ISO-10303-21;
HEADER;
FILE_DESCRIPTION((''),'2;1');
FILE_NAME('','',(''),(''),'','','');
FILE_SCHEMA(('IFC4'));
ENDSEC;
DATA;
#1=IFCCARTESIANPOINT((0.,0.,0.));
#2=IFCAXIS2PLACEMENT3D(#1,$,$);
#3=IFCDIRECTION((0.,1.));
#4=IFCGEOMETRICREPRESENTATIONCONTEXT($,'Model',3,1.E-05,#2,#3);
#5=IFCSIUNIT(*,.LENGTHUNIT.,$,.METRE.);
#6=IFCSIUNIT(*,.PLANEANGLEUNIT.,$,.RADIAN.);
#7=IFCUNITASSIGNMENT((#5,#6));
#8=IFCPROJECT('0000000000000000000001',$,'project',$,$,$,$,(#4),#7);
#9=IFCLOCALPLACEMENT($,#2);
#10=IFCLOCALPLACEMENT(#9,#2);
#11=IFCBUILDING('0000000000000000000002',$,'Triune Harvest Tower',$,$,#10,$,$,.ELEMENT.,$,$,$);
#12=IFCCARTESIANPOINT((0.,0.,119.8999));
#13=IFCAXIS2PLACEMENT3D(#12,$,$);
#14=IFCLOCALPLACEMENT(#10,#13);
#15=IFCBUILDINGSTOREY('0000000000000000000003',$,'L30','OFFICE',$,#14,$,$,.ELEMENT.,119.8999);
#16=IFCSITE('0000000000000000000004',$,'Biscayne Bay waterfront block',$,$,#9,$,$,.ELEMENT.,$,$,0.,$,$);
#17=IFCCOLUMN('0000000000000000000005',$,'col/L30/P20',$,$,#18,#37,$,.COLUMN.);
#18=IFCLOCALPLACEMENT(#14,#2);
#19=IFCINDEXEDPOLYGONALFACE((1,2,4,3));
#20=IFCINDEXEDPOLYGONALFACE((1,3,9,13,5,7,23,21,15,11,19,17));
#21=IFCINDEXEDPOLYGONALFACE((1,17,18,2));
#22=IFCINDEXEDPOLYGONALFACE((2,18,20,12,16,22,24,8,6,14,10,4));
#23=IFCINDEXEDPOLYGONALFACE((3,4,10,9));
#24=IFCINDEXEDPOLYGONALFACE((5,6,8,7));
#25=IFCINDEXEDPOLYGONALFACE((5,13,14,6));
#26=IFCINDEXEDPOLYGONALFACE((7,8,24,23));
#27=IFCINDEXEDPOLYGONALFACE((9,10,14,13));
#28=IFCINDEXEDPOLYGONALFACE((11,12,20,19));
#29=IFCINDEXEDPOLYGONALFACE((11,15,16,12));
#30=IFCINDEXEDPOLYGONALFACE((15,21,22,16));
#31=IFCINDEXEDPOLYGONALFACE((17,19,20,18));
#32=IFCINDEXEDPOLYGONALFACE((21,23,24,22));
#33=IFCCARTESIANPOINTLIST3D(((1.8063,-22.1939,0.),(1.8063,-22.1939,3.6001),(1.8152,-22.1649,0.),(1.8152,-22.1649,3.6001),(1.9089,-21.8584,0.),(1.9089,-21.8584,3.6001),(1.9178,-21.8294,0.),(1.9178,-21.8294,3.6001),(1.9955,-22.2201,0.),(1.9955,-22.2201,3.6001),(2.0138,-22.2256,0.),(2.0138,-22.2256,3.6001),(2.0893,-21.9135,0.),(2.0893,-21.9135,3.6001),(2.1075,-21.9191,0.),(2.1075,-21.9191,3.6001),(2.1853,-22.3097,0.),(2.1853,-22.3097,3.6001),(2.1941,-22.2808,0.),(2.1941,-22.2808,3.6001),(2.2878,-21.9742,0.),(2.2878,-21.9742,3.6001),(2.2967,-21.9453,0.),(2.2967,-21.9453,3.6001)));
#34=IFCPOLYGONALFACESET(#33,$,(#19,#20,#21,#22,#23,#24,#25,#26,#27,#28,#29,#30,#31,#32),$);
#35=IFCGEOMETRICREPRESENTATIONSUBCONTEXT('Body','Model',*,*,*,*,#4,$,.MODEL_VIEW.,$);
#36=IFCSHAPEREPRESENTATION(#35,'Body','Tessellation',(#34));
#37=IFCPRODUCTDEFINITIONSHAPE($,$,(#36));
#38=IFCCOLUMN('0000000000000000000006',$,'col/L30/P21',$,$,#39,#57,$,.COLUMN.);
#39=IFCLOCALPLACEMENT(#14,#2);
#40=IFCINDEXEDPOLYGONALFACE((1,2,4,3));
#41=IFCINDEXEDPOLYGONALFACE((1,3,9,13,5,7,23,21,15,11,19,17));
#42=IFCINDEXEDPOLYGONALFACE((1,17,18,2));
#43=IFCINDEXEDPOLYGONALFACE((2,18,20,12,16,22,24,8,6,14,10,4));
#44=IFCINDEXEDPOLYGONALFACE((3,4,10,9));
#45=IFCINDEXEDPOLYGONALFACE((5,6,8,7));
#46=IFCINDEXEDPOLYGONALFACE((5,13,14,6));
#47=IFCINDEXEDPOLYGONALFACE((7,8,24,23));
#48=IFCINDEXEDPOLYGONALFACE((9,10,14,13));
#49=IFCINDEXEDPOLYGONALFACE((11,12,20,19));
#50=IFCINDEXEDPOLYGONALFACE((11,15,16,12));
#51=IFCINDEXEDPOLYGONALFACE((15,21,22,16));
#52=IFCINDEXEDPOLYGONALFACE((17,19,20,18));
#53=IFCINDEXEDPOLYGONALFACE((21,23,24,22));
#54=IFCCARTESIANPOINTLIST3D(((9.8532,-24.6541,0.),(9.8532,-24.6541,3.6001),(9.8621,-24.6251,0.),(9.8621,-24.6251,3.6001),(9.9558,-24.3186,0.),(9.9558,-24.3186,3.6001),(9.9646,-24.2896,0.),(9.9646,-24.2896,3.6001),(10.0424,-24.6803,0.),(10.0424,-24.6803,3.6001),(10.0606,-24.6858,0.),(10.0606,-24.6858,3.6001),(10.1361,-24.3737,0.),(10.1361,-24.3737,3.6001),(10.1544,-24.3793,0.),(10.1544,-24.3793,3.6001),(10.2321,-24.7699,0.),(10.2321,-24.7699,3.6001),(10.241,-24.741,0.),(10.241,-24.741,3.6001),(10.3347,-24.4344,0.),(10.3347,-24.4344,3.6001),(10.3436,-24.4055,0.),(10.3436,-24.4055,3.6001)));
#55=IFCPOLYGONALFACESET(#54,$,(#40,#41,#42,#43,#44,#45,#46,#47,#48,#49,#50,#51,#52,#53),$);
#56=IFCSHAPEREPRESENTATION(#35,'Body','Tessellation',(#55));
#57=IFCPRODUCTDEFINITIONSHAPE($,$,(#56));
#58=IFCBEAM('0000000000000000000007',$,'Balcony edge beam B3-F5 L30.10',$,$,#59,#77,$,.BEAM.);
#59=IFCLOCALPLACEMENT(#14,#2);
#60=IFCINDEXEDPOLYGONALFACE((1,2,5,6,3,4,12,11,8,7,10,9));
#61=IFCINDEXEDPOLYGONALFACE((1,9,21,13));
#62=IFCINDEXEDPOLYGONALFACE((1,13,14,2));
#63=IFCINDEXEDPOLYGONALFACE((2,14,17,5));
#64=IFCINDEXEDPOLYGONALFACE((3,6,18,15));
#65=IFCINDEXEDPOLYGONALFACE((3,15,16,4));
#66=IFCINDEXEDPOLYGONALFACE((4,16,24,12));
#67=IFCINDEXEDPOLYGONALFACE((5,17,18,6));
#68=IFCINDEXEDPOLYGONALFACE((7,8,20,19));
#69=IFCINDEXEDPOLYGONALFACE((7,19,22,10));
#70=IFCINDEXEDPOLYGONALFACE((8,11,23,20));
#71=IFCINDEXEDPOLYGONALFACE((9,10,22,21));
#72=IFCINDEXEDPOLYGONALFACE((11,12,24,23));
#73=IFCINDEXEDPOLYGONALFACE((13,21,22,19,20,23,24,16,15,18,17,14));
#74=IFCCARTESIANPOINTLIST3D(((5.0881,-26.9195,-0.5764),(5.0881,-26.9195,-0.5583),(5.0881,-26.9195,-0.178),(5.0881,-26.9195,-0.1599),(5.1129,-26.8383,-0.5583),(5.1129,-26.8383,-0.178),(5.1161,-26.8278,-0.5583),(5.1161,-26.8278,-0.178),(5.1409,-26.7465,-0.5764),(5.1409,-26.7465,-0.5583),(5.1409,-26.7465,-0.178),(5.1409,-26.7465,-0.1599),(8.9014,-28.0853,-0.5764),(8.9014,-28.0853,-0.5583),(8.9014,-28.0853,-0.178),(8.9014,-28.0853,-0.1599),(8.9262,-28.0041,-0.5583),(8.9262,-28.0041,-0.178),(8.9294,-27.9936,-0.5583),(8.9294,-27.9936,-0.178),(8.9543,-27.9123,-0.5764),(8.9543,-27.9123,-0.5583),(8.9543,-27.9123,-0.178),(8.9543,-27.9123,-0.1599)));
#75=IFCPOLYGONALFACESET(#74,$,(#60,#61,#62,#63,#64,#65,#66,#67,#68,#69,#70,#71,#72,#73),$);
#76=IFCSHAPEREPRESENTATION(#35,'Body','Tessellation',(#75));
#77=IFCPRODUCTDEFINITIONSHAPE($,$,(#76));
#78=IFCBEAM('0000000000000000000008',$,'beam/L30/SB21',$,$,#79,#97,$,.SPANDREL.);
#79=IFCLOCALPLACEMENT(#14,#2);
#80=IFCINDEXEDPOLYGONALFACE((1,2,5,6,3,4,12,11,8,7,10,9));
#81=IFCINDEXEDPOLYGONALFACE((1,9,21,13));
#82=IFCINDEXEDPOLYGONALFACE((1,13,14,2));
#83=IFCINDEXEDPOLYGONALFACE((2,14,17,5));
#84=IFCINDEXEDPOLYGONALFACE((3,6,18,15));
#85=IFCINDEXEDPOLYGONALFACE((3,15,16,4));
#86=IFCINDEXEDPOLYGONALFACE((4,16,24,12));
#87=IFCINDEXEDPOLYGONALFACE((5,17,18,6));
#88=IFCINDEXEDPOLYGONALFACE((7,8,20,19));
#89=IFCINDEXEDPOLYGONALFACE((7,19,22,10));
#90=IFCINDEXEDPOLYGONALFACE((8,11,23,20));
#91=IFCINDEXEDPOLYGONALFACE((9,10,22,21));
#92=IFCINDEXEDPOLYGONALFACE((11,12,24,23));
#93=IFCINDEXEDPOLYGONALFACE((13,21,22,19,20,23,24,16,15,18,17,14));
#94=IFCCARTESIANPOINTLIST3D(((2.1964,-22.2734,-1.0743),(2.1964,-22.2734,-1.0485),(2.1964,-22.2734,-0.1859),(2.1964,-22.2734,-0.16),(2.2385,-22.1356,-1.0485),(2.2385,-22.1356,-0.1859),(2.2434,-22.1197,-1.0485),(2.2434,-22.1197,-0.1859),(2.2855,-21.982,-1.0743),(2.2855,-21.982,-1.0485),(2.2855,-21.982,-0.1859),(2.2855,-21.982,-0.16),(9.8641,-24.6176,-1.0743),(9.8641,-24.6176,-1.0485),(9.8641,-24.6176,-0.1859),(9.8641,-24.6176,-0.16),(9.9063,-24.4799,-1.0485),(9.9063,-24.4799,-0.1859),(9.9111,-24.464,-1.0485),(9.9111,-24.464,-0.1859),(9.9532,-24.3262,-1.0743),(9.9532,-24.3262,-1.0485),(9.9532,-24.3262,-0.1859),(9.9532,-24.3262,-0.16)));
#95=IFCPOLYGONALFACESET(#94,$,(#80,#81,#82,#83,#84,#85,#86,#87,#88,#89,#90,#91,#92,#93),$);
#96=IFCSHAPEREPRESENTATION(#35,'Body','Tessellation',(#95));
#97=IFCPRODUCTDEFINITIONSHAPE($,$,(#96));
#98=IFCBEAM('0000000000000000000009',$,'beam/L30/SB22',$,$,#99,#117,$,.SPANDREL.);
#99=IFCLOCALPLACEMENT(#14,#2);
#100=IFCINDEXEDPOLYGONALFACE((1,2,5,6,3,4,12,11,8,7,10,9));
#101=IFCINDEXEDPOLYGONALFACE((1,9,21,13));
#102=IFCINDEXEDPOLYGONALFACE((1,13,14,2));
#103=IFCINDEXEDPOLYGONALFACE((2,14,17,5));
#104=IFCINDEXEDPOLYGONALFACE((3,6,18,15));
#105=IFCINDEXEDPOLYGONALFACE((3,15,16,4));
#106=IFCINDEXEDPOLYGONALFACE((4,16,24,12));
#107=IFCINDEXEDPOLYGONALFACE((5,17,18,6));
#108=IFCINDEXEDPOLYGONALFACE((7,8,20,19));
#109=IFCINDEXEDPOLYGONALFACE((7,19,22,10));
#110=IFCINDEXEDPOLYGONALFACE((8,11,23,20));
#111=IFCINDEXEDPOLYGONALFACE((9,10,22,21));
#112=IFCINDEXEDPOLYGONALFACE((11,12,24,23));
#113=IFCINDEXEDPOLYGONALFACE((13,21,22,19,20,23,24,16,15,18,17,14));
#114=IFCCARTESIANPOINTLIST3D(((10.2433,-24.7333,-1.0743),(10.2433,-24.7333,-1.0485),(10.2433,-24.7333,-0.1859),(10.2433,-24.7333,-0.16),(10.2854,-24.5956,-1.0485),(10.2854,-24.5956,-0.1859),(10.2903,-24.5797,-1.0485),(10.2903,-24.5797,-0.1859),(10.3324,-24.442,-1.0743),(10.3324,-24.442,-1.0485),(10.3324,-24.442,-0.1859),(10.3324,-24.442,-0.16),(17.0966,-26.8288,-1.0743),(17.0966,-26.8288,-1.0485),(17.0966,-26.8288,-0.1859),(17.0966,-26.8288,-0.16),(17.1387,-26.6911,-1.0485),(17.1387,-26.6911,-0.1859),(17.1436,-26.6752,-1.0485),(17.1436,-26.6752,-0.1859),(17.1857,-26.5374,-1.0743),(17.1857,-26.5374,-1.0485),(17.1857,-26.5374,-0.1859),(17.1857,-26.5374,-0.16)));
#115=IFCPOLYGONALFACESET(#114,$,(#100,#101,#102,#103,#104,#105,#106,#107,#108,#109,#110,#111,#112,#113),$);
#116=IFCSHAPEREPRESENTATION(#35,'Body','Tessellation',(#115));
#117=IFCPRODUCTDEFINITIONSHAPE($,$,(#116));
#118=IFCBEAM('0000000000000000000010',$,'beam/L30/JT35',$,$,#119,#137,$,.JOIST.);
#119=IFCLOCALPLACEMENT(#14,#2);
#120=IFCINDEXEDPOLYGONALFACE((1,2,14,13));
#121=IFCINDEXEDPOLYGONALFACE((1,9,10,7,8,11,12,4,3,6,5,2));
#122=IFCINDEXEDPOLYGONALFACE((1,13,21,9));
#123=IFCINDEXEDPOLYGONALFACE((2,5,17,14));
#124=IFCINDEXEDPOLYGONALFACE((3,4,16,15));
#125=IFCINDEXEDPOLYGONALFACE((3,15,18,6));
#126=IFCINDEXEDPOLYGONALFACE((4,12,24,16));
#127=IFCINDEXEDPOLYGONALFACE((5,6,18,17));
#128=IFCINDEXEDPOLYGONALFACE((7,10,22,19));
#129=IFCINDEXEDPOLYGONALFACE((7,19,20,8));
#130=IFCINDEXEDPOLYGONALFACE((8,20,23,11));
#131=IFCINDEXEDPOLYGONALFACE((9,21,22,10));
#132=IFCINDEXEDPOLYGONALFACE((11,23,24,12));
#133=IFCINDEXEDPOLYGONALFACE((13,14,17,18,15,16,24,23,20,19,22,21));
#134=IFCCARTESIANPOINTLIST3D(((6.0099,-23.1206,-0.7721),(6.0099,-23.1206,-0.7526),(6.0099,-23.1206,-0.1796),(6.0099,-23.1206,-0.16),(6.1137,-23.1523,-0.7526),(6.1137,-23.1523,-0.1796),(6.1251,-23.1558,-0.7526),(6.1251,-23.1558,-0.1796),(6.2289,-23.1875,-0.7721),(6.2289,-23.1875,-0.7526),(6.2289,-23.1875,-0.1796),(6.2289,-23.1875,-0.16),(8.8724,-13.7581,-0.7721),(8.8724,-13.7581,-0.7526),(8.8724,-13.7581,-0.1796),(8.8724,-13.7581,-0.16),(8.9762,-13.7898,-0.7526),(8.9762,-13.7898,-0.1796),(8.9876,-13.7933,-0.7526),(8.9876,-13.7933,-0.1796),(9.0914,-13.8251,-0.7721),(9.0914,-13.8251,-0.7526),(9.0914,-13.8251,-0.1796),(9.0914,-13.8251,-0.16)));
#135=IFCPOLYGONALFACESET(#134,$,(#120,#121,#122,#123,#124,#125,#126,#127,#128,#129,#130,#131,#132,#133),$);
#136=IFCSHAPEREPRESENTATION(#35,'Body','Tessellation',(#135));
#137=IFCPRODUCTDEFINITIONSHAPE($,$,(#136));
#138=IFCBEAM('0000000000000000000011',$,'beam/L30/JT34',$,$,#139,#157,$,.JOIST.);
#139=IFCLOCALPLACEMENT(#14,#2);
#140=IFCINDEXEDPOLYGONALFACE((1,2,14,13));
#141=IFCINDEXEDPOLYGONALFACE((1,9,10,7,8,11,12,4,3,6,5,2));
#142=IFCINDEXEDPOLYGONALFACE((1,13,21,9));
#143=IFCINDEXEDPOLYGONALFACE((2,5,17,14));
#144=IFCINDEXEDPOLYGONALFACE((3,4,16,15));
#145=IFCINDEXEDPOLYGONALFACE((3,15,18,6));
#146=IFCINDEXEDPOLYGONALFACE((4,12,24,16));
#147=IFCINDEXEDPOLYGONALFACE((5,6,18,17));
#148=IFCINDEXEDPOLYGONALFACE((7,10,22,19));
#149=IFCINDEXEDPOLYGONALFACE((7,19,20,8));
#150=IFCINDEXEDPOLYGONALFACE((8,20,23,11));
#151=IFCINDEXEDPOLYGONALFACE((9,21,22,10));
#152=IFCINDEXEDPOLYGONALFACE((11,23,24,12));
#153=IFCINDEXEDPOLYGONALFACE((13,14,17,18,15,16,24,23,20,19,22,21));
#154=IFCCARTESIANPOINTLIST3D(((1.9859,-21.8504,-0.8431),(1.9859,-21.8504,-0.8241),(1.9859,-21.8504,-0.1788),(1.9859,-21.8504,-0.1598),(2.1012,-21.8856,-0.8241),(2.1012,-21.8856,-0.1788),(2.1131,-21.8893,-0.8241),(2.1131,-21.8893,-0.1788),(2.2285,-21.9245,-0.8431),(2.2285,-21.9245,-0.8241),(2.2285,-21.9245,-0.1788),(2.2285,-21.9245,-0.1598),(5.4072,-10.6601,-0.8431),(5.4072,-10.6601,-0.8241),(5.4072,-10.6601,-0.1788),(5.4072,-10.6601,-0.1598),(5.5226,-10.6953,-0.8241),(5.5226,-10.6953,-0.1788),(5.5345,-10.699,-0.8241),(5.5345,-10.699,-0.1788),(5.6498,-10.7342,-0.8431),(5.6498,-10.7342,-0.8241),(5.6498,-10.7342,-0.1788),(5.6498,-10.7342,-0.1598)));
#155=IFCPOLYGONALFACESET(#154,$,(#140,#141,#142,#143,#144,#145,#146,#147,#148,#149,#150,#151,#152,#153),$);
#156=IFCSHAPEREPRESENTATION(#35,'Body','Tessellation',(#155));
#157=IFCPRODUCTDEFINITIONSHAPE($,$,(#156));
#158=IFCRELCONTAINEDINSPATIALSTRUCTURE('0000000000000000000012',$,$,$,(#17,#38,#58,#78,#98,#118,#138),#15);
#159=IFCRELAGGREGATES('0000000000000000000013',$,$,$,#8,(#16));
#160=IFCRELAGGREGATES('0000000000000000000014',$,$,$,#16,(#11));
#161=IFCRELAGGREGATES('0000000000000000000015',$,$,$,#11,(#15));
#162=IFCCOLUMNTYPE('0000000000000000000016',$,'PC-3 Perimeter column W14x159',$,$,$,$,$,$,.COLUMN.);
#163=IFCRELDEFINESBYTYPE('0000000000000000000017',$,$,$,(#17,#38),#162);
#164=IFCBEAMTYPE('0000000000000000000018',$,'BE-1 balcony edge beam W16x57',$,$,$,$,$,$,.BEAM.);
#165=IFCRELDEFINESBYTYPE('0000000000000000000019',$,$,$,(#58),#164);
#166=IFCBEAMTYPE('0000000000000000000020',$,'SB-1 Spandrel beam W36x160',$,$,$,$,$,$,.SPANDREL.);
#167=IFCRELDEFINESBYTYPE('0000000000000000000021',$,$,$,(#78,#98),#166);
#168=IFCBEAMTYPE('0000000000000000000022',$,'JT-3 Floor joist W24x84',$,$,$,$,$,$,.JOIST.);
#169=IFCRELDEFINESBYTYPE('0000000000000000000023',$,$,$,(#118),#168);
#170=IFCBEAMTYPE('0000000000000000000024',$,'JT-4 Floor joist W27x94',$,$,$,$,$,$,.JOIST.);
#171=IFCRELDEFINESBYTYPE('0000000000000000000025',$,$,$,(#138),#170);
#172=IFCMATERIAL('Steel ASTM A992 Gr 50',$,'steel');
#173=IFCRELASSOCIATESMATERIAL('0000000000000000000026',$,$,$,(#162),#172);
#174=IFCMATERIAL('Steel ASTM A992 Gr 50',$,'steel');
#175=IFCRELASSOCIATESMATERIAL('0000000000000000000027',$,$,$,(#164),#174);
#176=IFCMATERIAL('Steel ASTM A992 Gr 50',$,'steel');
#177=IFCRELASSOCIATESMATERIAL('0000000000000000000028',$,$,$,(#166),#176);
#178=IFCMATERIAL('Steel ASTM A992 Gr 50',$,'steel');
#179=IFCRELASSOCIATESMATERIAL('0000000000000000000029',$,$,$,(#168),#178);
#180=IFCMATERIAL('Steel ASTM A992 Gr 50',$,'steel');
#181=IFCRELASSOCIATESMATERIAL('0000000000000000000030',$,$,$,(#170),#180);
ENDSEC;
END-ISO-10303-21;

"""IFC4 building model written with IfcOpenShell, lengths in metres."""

from ifc_helpers import new_model, si_unit, direction, frame, origin, origin_2d, place, context, subcontext, project, spatial, i_section, extrude, source, transform, mapped, material, material_profile, profile_set, type_object, element, save


model = new_model("IFC4")

# Units and contexts
model_context = context("Model", 3, precision=1e-05, world=origin(), true_north=direction((0.0, 1.0)))
body_context = subcontext(model_context, "Body", "Model", "MODEL_VIEW")
ifc_project = project(units=[si_unit("LENGTHUNIT", "METRE"), si_unit("PLANEANGLEUNIT", "RADIAN")], contexts=[model_context])

# Site, building, storey
site_placement = place(None, origin())
site = spatial("IfcSite", under=ifc_project, at=site_placement, Name="Biscayne Bay waterfront block", CompositionType="ELEMENT", RefElevation=0.0)
building_placement = place(site_placement, origin())
building = spatial("IfcBuilding", under=site, at=building_placement, Name="Triune Harvest Tower", CompositionType="ELEMENT")
storey_placement = place(building_placement, frame((0.0, 0.0, 119.8999)))
storey = spatial("IfcBuildingStorey", under=building, at=storey_placement, Name="L30", Description="OFFICE", CompositionType="ELEMENT", Elevation=119.8999)

# Columns
ifc_material_1 = material(Name="Steel ASTM A992 Gr 50", Category="steel")
ifc_material_profile_1 = material_profile(ifc_material_1, i_section(OverallWidth=0.3962, OverallDepth=0.3811, WebThickness=0.019, FlangeThickness=0.0303, at=origin_2d()), Name="W14x159")
ifc_profile_set_1 = profile_set([ifc_material_profile_1], Name="Steel ASTM A992 Gr 50")
column_type = type_object("IfcColumnType", Name="PC-3 Perimeter column W14x159", PredefinedType="COLUMN", material=ifc_profile_set_1)
shared_shape_1 = source(origin(), body_context, "Body", "SweptSolid", [
    extrude(i_section(OverallWidth=0.3962, OverallDepth=0.3811, WebThickness=0.019, FlangeThickness=0.0303, at=origin_2d()), origin(), (0.0, 0.0, 1.0), 3.6001),
])
for number, where, z_axis, x_axis, name in (
    (1, (2.0515, -22.0696, 0.0), (0.0, 0.0, 1.0), (0.956305, -0.292372, 0.0), "col/L30/P20"),
    (2, (10.0984, -24.5298, 0.0), (0.0, 0.0, 1.0), (0.956305, -0.292372, 0.0), "col/L30/P21"),
):
    element("IfcColumn", number, at=place(storey_placement, frame(where, z_axis=z_axis, x_axis=x_axis)), inside=storey, type_object=column_type, Name=name, PredefinedType="COLUMN", context=body_context, shape_type="MappedRepresentation", body=[
        mapped(shared_shape_1, transform((0.0, 0.0, 0.0), scale=1.0)),
    ])

# Beams
ifc_material_2 = material(Name="Steel ASTM A992 Gr 50", Category="steel")
ifc_material_profile_2 = material_profile(ifc_material_2, i_section(OverallWidth=0.1809, OverallDepth=0.4165, WebThickness=0.011, FlangeThickness=0.0181, at=origin_2d()), Name="W16x57")
ifc_profile_set_2 = profile_set([ifc_material_profile_2], Name="Steel ASTM A992 Gr 50")
beam_type_1 = type_object("IfcBeamType", Name="BE-1 balcony edge beam W16x57", PredefinedType="BEAM", material=ifc_profile_set_2)
beam_1_placement = place(storey_placement, frame((5.1145, -26.833, -0.3682), z_axis=(0.956308, -0.29236, 0.0), x_axis=(0.29236, 0.956308, 0.0)))
element("IfcBeam", 3, at=beam_1_placement, inside=storey, type_object=beam_type_1, Name="Balcony edge beam B3-F5 L30.10", PredefinedType="BEAM", context=body_context, shape_type="SweptSolid", body=[
    extrude(i_section(OverallWidth=0.1809, OverallDepth=0.4165, WebThickness=0.011, FlangeThickness=0.0181, at=origin_2d()), origin(), (0.0, 0.0, 1.0), 3.9875),
])
ifc_material_3 = material(Name="Steel ASTM A992 Gr 50", Category="steel")
ifc_material_profile_3 = material_profile(ifc_material_3, i_section(OverallWidth=0.3047, OverallDepth=0.9143, WebThickness=0.0166, FlangeThickness=0.0259, at=origin_2d()), Name="W36x160")
ifc_profile_set_3 = profile_set([ifc_material_profile_3], Name="Steel ASTM A992 Gr 50")
beam_type_2 = type_object("IfcBeamType", Name="SB-1 Spandrel beam W36x160", PredefinedType="SPANDREL", material=ifc_profile_set_3)
shared_shape_2 = source(origin(), body_context, "Body", "SweptSolid", [
    extrude(i_section(OverallWidth=0.3047, OverallDepth=0.9143, WebThickness=0.0166, FlangeThickness=0.0259, at=origin_2d()), origin(), (0.0, 0.0, 1.0), 8.0181),
])
beam_2_placement = place(storey_placement, frame((2.241, -22.1277, -0.6172), z_axis=(0.956305, -0.292369, 0.0), x_axis=(0.292369, 0.956305, 0.0)))
element("IfcBeam", 4, at=beam_2_placement, inside=storey, type_object=beam_type_2, Name="beam/L30/SB21", PredefinedType="SPANDREL", context=body_context, shape_type="MappedRepresentation", body=[
    mapped(shared_shape_2, transform((0.0, 0.0, 0.0), scale=1.0)),
])
shared_shape_3 = source(origin(), body_context, "Body", "SweptSolid", [
    extrude(i_section(OverallWidth=0.3047, OverallDepth=0.9143, WebThickness=0.0166, FlangeThickness=0.0259, at=origin_2d()), origin(), (0.0, 0.0, 1.0), 7.1665),
])
beam_3_placement = place(storey_placement, frame((10.2878, -24.5876, -0.6172), z_axis=(0.956297, -0.292398, 0.0), x_axis=(0.292398, 0.956297, 0.0)))
element("IfcBeam", 5, at=beam_3_placement, inside=storey, type_object=beam_type_2, Name="beam/L30/SB22", PredefinedType="SPANDREL", context=body_context, shape_type="MappedRepresentation", body=[
    mapped(shared_shape_3, transform((0.0, 0.0, 0.0), scale=1.0)),
])
ifc_material_4 = material(Name="Steel ASTM A992 Gr 50", Category="steel")
ifc_material_profile_4 = material_profile(ifc_material_4, i_section(OverallWidth=0.229, OverallDepth=0.6121, WebThickness=0.012, FlangeThickness=0.0195, at=origin_2d()), Name="W24x84")
ifc_profile_set_4 = profile_set([ifc_material_profile_4], Name="Steel ASTM A992 Gr 50")
beam_type_3 = type_object("IfcBeamType", Name="JT-3 Floor joist W24x84", PredefinedType="JOIST", material=ifc_profile_set_4)
shared_shape_4 = source(origin(), body_context, "Body", "SweptSolid", [
    extrude(i_section(OverallWidth=0.229, OverallDepth=0.6121, WebThickness=0.012, FlangeThickness=0.0195, at=origin_2d()), origin(), (0.0, 0.0, 1.0), 9.7903),
])
beam_4_placement = place(storey_placement, frame((6.1194, -23.1541, -0.4661), z_axis=(0.292384, 0.956301, 0.0), x_axis=(-0.956301, 0.292384, 0.0)))
element("IfcBeam", 6, at=beam_4_placement, inside=storey, type_object=beam_type_3, Name="beam/L30/JT35", PredefinedType="JOIST", context=body_context, shape_type="MappedRepresentation", body=[
    mapped(shared_shape_4, transform((0.0, 0.0, 0.0), scale=1.0)),
])
ifc_material_5 = material(Name="Steel ASTM A992 Gr 50", Category="steel")
ifc_material_profile_5 = material_profile(ifc_material_5, i_section(OverallWidth=0.2537, OverallDepth=0.6833, WebThickness=0.0125, FlangeThickness=0.019, at=origin_2d()), Name="W27x94")
ifc_profile_set_5 = profile_set([ifc_material_profile_5], Name="Steel ASTM A992 Gr 50")
beam_type_4 = type_object("IfcBeamType", Name="JT-4 Floor joist W27x94", PredefinedType="JOIST", material=ifc_profile_set_5)
shared_shape_5 = source(origin(), body_context, "Body", "SweptSolid", [
    extrude(i_section(OverallWidth=0.2537, OverallDepth=0.6833, WebThickness=0.0125, FlangeThickness=0.019, at=origin_2d()), origin(), (0.0, 0.0, 1.0), 11.7017),
])
beam_5_placement = place(storey_placement, frame((2.1072, -21.8875, -0.5015), z_axis=(0.292382, 0.956302, 0.0), x_axis=(-0.956302, 0.292382, 0.0)))
element("IfcBeam", 7, at=beam_5_placement, inside=storey, type_object=beam_type_4, Name="beam/L30/JT34", PredefinedType="JOIST", context=body_context, shape_type="MappedRepresentation", body=[
    mapped(shared_shape_5, transform((0.0, 0.0, 0.0), scale=1.0)),
])

save(model, "model.ifc")
